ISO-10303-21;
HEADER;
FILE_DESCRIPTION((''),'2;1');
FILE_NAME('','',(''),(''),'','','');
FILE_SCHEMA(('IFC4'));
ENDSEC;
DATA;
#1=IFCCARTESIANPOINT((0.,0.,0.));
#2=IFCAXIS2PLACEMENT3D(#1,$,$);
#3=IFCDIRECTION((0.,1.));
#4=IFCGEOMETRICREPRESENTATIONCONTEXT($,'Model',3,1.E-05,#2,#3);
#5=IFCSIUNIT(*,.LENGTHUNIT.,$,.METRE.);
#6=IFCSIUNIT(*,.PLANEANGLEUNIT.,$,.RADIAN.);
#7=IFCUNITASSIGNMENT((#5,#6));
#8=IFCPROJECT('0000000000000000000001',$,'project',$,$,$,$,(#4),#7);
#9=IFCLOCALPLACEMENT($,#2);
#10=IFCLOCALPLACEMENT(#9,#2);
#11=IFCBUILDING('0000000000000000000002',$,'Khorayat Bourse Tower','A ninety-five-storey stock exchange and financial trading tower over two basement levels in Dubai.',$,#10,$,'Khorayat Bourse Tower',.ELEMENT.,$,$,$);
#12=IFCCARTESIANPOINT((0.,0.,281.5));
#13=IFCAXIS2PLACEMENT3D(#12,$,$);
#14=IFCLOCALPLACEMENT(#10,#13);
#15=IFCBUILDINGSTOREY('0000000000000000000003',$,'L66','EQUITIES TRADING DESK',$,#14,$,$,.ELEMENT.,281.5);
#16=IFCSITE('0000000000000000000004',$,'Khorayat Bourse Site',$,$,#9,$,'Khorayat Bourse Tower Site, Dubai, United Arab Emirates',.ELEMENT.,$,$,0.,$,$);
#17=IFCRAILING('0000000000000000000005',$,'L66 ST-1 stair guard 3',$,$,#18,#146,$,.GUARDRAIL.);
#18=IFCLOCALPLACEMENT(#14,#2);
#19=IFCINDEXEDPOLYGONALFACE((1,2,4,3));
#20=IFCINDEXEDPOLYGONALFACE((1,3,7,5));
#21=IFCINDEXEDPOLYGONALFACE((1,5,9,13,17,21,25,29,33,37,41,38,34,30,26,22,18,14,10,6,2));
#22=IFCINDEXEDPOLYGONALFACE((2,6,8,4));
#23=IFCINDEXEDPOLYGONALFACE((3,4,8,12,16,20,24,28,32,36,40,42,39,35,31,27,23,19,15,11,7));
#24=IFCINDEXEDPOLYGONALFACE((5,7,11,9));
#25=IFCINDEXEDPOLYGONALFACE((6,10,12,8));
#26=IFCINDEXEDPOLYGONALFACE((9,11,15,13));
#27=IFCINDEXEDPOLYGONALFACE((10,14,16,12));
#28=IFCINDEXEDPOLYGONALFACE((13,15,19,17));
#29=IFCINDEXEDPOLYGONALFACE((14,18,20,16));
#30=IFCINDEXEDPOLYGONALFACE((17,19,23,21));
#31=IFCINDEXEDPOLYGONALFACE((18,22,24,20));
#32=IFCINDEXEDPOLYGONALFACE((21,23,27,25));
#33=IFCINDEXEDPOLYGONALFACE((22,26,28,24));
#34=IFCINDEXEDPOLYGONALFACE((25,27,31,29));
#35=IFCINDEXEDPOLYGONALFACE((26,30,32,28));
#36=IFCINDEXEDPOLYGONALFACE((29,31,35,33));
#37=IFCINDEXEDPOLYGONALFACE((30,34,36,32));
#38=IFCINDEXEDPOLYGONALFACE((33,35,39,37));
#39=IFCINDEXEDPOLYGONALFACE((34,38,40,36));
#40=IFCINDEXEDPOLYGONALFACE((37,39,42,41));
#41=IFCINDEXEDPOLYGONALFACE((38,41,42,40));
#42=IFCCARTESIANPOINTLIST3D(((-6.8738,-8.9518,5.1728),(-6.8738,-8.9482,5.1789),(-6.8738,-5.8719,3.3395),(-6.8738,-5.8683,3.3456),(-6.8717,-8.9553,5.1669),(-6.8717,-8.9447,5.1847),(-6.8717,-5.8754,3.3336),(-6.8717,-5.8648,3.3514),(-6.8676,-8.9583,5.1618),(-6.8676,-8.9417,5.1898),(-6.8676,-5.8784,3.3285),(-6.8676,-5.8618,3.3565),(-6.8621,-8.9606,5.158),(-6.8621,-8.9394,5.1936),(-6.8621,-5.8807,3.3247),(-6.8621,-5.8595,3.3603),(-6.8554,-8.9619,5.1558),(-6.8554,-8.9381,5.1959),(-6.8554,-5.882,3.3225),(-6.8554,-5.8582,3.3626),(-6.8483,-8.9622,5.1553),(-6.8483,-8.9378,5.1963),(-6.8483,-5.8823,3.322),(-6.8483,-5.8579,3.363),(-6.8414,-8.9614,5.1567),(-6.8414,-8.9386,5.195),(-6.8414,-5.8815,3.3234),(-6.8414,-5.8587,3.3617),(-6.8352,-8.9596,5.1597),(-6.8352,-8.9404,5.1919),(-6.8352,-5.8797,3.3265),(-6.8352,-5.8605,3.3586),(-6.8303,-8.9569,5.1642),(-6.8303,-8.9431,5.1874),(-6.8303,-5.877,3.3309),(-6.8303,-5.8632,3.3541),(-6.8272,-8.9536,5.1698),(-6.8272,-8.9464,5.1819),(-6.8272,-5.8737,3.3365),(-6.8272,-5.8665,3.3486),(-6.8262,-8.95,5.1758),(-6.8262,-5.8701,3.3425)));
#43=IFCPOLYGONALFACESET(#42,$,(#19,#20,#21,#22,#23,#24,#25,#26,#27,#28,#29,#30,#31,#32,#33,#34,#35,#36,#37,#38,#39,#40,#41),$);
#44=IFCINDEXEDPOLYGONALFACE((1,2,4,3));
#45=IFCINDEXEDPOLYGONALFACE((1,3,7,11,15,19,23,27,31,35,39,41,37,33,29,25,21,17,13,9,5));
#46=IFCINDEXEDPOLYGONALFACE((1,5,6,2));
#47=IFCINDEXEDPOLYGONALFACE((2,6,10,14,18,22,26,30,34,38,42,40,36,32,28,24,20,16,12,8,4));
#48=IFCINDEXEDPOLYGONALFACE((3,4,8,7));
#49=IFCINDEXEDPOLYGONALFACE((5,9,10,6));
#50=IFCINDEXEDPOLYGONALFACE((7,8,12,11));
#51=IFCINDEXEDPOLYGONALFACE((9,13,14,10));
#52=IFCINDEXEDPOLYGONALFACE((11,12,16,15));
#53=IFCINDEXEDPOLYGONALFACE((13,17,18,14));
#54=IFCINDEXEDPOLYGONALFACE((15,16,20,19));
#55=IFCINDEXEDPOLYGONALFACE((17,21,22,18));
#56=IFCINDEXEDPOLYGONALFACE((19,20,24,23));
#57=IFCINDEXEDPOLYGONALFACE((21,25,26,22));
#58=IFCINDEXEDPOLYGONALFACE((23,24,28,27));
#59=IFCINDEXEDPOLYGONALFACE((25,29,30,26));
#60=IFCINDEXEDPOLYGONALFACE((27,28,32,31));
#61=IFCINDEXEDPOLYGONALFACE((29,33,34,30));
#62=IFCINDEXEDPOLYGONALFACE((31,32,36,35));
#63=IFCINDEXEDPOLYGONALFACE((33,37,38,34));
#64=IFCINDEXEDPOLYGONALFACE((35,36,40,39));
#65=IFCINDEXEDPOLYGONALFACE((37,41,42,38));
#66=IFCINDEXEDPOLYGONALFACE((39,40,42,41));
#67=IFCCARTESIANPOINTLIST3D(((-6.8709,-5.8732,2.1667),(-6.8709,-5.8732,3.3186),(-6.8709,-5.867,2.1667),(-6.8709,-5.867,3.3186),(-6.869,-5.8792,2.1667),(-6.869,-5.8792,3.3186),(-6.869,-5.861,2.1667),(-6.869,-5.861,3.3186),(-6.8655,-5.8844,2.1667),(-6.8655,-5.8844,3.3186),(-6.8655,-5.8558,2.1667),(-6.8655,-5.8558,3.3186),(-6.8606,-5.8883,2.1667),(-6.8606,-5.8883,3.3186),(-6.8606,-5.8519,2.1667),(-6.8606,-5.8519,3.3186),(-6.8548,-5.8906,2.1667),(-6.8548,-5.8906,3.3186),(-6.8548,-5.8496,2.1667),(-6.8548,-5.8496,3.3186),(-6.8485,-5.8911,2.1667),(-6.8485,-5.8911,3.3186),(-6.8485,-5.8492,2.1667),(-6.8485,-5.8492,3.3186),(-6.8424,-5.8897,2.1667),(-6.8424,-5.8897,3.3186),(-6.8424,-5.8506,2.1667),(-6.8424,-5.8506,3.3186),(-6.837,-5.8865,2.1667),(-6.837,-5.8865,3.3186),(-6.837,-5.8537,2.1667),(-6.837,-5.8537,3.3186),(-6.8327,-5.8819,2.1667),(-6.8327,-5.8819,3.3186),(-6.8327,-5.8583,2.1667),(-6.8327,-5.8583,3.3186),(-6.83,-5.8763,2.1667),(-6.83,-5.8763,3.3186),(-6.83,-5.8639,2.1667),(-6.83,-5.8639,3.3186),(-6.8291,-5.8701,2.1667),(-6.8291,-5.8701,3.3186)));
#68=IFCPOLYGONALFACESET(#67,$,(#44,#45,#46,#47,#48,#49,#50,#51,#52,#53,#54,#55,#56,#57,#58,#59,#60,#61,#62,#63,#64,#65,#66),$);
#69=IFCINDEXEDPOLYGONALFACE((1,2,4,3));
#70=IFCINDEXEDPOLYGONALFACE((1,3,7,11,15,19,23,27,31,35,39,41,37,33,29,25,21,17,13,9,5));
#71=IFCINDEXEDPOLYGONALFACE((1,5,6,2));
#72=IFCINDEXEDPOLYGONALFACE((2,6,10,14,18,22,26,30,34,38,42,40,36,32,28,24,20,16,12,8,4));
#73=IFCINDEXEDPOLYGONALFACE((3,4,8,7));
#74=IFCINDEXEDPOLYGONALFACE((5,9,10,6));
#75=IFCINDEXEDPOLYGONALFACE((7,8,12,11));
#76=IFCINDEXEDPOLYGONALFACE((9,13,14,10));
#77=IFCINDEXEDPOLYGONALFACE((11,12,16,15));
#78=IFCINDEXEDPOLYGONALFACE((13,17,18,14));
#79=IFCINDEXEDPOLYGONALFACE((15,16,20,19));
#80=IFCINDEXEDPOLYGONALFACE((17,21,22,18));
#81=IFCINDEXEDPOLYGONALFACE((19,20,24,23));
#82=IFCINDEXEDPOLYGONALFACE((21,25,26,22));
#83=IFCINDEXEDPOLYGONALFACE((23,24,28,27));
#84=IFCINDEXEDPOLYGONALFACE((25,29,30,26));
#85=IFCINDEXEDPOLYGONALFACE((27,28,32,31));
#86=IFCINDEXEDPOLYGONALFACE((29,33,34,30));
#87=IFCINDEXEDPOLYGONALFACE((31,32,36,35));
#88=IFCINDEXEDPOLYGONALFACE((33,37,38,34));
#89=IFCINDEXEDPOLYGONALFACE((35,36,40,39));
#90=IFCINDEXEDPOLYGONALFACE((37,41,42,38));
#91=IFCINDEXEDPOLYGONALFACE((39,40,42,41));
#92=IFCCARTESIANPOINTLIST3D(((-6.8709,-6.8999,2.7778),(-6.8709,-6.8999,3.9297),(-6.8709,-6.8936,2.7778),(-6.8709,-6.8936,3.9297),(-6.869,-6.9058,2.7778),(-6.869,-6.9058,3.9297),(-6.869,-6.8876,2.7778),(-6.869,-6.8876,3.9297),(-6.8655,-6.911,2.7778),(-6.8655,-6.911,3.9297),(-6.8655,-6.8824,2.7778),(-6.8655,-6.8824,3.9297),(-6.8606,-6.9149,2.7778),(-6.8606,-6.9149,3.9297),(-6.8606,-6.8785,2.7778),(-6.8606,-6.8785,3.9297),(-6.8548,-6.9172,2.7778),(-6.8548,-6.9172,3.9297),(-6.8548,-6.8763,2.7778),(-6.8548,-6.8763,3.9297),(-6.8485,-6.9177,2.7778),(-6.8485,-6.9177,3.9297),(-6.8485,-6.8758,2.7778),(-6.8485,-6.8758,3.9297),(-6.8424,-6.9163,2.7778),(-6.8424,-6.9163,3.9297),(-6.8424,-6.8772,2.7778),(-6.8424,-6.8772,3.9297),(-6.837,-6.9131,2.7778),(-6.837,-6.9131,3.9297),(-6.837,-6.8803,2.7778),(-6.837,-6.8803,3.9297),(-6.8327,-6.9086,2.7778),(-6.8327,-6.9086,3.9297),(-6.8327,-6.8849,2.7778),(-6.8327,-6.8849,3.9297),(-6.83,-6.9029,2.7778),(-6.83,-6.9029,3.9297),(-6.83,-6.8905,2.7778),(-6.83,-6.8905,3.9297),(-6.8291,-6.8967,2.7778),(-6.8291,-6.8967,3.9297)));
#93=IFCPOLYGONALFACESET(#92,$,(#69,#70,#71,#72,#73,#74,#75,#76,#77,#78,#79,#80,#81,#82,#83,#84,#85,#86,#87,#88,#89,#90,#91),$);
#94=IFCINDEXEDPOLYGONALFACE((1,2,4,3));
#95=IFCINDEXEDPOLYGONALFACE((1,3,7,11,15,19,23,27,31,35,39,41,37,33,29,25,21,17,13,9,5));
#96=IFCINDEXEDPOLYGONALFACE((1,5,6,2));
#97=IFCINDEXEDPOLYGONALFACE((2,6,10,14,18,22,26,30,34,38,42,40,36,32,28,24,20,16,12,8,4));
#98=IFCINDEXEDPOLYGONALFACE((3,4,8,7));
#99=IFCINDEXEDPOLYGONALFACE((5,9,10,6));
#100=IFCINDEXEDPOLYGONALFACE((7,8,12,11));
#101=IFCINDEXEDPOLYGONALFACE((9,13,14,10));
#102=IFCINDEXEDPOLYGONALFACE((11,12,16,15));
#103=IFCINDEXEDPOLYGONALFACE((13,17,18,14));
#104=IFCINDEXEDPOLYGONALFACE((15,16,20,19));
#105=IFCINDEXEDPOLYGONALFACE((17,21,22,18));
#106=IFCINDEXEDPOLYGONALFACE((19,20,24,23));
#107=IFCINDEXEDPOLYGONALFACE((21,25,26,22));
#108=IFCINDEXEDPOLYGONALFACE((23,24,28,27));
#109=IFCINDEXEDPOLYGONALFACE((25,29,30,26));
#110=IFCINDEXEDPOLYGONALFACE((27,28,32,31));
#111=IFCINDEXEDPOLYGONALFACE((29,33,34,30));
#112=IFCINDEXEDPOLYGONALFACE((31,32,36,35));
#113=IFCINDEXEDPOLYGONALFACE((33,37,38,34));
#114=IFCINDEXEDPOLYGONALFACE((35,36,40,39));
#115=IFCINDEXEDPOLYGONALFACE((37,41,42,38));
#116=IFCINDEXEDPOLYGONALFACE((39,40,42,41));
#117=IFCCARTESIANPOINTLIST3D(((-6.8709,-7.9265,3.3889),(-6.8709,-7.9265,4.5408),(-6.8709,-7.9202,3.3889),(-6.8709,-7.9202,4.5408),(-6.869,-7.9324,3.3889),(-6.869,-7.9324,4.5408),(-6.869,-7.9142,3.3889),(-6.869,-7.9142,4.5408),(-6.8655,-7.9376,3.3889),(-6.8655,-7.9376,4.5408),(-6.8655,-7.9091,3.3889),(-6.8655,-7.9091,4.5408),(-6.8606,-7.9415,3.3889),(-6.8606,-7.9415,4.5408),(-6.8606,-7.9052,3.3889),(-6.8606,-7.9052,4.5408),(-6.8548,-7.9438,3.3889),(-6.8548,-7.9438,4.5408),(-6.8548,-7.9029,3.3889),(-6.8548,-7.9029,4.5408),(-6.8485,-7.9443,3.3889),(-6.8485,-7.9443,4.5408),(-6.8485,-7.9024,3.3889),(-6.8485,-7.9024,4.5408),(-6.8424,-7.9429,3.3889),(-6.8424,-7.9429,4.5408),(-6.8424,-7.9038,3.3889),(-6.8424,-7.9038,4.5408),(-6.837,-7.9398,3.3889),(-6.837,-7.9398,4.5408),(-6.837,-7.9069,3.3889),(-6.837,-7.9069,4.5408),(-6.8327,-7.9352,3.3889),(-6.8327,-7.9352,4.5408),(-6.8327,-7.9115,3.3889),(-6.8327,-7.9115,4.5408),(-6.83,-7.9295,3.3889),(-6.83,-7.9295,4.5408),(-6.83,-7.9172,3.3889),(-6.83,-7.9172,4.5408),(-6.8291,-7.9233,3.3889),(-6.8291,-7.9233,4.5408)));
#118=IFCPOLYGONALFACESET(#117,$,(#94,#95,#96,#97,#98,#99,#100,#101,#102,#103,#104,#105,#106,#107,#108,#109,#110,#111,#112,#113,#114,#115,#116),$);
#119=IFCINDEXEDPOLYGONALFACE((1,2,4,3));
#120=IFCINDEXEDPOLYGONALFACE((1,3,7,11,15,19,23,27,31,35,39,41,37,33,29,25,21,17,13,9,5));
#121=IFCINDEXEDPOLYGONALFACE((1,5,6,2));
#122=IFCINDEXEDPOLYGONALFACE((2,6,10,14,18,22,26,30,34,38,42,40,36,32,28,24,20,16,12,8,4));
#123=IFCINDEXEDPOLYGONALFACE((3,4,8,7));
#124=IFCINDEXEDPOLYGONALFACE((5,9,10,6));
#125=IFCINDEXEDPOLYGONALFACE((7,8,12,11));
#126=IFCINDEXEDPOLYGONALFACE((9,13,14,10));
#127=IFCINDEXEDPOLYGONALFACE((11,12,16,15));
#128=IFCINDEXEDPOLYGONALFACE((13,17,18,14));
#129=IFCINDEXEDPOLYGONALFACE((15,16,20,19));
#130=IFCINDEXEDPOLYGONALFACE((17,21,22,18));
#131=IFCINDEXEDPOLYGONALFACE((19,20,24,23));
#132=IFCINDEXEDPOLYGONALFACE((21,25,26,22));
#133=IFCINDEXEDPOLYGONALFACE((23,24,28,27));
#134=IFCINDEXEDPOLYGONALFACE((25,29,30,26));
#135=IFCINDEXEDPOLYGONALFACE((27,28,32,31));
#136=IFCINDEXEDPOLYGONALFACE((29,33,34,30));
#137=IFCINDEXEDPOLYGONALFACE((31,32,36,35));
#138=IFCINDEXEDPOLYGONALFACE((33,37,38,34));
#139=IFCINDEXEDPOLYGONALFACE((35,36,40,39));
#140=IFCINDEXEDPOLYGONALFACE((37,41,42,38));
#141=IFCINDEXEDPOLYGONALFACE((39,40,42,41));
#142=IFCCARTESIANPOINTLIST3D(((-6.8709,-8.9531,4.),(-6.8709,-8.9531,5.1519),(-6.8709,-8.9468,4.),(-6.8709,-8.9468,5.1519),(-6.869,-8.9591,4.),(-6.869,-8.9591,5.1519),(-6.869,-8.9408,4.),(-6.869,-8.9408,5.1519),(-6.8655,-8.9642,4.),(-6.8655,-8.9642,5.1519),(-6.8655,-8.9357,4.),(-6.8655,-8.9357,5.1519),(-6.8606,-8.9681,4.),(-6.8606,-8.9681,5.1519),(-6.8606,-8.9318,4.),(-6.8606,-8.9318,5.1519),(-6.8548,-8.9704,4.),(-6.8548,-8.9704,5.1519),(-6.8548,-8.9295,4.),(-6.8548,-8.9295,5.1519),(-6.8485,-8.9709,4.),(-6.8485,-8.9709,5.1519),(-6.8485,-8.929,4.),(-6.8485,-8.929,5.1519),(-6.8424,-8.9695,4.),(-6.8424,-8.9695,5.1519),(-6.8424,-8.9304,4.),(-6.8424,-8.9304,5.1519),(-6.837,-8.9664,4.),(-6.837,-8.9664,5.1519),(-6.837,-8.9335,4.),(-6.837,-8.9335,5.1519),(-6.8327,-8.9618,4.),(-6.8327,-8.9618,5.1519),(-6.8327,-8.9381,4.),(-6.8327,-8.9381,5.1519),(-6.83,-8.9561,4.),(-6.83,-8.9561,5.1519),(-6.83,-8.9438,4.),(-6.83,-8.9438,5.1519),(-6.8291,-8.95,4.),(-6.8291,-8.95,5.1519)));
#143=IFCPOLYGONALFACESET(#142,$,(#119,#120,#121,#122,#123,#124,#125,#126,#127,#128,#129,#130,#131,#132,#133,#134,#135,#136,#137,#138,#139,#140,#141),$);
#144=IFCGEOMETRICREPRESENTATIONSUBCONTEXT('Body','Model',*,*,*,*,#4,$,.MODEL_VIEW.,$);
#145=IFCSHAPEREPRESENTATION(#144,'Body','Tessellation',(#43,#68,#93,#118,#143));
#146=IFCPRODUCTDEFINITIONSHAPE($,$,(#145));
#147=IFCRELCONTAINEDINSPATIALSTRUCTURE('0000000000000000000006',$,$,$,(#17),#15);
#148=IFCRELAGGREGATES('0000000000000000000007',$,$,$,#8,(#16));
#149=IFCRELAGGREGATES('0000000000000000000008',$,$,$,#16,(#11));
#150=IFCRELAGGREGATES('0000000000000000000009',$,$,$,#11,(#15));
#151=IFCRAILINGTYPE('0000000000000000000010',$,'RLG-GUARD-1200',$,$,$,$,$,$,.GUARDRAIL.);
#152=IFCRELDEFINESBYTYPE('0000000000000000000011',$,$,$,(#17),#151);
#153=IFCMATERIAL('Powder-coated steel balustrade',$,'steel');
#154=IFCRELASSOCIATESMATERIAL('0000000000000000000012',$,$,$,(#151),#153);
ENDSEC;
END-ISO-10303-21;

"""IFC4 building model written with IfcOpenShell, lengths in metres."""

from ifc_helpers import new_model, si_unit, direction, frame, origin, origin_2d, place, context, subcontext, project, spatial, circle, extrude, source, transform, mapped, material, type_object, element, save


model = new_model("IFC4")

# Units and contexts
model_context = context("Model", 3, precision=1e-05, world=origin(), true_north=direction((0.0, 1.0)))
body_context = subcontext(model_context, "Body", "Model", "MODEL_VIEW")
ifc_project = project(units=[si_unit("LENGTHUNIT", "METRE"), si_unit("PLANEANGLEUNIT", "RADIAN")], contexts=[model_context])

# Site, building, storey
site_placement = place(None, origin())
site = spatial("IfcSite", under=ifc_project, at=site_placement, Name="Khorayat Bourse Site", LongName="Khorayat Bourse Tower Site, Dubai, United Arab Emirates", CompositionType="ELEMENT", RefElevation=0.0)
building_placement = place(site_placement, origin())
building = spatial("IfcBuilding", under=site, at=building_placement, Name="Khorayat Bourse Tower", Description="A ninety-five-storey stock exchange and financial trading tower over two basement levels in Dubai.", LongName="Khorayat Bourse Tower", CompositionType="ELEMENT")
storey_placement = place(building_placement, frame((0.0, 0.0, 281.5)))
storey = spatial("IfcBuildingStorey", under=building, at=storey_placement, Name="L66", Description="EQUITIES TRADING DESK", CompositionType="ELEMENT", Elevation=281.5)

# Railing
ifc_material_1 = material(Name="Powder-coated steel balustrade", Category="steel")
railing_type_1 = type_object("IfcRailingType", Name="RLG-GUARD-1200", PredefinedType="GUARDRAIL", material=ifc_material_1)
shared_shape_1 = source(origin(), body_context, "Body", "SweptSolid", [
    extrude(circle(Radius=0.0239, at=origin_2d()), frame((0.0, 0.0, 1.1758), z_axis=(0.0, -0.859291, 0.511487), x_axis=(1.0, 0.0, 0.0)), (0.0, 0.0, 1.0), 3.5842),
    extrude(circle(Radius=0.021, at=origin_2d()), origin(), (0.0, 0.0, 1.0), 1.1519),
    extrude(circle(Radius=0.021, at=origin_2d()), frame((0.0, -1.0266, 0.6111)), (0.0, 0.0, 1.0), 1.1519),
    extrude(circle(Radius=0.021, at=origin_2d()), frame((0.0, -2.0532, 1.2222)), (0.0, 0.0, 1.0), 1.1519),
    extrude(circle(Radius=0.021, at=origin_2d()), frame((0.0, -3.0798, 1.8333)), (0.0, 0.0, 1.0), 1.1519),
])
railing_1_placement = place(storey_placement, frame((-6.8501, -5.8701, 2.1667)))
element("IfcRailing", 1, at=railing_1_placement, inside=storey, type_object=railing_type_1, Name="L66 ST-1 stair guard 3", PredefinedType="GUARDRAIL", context=body_context, shape_type="MappedRepresentation", body=[
    mapped(shared_shape_1, transform((0.0, 0.0, 0.0), scale=1.0)),
])

save(model, "model.ifc")
